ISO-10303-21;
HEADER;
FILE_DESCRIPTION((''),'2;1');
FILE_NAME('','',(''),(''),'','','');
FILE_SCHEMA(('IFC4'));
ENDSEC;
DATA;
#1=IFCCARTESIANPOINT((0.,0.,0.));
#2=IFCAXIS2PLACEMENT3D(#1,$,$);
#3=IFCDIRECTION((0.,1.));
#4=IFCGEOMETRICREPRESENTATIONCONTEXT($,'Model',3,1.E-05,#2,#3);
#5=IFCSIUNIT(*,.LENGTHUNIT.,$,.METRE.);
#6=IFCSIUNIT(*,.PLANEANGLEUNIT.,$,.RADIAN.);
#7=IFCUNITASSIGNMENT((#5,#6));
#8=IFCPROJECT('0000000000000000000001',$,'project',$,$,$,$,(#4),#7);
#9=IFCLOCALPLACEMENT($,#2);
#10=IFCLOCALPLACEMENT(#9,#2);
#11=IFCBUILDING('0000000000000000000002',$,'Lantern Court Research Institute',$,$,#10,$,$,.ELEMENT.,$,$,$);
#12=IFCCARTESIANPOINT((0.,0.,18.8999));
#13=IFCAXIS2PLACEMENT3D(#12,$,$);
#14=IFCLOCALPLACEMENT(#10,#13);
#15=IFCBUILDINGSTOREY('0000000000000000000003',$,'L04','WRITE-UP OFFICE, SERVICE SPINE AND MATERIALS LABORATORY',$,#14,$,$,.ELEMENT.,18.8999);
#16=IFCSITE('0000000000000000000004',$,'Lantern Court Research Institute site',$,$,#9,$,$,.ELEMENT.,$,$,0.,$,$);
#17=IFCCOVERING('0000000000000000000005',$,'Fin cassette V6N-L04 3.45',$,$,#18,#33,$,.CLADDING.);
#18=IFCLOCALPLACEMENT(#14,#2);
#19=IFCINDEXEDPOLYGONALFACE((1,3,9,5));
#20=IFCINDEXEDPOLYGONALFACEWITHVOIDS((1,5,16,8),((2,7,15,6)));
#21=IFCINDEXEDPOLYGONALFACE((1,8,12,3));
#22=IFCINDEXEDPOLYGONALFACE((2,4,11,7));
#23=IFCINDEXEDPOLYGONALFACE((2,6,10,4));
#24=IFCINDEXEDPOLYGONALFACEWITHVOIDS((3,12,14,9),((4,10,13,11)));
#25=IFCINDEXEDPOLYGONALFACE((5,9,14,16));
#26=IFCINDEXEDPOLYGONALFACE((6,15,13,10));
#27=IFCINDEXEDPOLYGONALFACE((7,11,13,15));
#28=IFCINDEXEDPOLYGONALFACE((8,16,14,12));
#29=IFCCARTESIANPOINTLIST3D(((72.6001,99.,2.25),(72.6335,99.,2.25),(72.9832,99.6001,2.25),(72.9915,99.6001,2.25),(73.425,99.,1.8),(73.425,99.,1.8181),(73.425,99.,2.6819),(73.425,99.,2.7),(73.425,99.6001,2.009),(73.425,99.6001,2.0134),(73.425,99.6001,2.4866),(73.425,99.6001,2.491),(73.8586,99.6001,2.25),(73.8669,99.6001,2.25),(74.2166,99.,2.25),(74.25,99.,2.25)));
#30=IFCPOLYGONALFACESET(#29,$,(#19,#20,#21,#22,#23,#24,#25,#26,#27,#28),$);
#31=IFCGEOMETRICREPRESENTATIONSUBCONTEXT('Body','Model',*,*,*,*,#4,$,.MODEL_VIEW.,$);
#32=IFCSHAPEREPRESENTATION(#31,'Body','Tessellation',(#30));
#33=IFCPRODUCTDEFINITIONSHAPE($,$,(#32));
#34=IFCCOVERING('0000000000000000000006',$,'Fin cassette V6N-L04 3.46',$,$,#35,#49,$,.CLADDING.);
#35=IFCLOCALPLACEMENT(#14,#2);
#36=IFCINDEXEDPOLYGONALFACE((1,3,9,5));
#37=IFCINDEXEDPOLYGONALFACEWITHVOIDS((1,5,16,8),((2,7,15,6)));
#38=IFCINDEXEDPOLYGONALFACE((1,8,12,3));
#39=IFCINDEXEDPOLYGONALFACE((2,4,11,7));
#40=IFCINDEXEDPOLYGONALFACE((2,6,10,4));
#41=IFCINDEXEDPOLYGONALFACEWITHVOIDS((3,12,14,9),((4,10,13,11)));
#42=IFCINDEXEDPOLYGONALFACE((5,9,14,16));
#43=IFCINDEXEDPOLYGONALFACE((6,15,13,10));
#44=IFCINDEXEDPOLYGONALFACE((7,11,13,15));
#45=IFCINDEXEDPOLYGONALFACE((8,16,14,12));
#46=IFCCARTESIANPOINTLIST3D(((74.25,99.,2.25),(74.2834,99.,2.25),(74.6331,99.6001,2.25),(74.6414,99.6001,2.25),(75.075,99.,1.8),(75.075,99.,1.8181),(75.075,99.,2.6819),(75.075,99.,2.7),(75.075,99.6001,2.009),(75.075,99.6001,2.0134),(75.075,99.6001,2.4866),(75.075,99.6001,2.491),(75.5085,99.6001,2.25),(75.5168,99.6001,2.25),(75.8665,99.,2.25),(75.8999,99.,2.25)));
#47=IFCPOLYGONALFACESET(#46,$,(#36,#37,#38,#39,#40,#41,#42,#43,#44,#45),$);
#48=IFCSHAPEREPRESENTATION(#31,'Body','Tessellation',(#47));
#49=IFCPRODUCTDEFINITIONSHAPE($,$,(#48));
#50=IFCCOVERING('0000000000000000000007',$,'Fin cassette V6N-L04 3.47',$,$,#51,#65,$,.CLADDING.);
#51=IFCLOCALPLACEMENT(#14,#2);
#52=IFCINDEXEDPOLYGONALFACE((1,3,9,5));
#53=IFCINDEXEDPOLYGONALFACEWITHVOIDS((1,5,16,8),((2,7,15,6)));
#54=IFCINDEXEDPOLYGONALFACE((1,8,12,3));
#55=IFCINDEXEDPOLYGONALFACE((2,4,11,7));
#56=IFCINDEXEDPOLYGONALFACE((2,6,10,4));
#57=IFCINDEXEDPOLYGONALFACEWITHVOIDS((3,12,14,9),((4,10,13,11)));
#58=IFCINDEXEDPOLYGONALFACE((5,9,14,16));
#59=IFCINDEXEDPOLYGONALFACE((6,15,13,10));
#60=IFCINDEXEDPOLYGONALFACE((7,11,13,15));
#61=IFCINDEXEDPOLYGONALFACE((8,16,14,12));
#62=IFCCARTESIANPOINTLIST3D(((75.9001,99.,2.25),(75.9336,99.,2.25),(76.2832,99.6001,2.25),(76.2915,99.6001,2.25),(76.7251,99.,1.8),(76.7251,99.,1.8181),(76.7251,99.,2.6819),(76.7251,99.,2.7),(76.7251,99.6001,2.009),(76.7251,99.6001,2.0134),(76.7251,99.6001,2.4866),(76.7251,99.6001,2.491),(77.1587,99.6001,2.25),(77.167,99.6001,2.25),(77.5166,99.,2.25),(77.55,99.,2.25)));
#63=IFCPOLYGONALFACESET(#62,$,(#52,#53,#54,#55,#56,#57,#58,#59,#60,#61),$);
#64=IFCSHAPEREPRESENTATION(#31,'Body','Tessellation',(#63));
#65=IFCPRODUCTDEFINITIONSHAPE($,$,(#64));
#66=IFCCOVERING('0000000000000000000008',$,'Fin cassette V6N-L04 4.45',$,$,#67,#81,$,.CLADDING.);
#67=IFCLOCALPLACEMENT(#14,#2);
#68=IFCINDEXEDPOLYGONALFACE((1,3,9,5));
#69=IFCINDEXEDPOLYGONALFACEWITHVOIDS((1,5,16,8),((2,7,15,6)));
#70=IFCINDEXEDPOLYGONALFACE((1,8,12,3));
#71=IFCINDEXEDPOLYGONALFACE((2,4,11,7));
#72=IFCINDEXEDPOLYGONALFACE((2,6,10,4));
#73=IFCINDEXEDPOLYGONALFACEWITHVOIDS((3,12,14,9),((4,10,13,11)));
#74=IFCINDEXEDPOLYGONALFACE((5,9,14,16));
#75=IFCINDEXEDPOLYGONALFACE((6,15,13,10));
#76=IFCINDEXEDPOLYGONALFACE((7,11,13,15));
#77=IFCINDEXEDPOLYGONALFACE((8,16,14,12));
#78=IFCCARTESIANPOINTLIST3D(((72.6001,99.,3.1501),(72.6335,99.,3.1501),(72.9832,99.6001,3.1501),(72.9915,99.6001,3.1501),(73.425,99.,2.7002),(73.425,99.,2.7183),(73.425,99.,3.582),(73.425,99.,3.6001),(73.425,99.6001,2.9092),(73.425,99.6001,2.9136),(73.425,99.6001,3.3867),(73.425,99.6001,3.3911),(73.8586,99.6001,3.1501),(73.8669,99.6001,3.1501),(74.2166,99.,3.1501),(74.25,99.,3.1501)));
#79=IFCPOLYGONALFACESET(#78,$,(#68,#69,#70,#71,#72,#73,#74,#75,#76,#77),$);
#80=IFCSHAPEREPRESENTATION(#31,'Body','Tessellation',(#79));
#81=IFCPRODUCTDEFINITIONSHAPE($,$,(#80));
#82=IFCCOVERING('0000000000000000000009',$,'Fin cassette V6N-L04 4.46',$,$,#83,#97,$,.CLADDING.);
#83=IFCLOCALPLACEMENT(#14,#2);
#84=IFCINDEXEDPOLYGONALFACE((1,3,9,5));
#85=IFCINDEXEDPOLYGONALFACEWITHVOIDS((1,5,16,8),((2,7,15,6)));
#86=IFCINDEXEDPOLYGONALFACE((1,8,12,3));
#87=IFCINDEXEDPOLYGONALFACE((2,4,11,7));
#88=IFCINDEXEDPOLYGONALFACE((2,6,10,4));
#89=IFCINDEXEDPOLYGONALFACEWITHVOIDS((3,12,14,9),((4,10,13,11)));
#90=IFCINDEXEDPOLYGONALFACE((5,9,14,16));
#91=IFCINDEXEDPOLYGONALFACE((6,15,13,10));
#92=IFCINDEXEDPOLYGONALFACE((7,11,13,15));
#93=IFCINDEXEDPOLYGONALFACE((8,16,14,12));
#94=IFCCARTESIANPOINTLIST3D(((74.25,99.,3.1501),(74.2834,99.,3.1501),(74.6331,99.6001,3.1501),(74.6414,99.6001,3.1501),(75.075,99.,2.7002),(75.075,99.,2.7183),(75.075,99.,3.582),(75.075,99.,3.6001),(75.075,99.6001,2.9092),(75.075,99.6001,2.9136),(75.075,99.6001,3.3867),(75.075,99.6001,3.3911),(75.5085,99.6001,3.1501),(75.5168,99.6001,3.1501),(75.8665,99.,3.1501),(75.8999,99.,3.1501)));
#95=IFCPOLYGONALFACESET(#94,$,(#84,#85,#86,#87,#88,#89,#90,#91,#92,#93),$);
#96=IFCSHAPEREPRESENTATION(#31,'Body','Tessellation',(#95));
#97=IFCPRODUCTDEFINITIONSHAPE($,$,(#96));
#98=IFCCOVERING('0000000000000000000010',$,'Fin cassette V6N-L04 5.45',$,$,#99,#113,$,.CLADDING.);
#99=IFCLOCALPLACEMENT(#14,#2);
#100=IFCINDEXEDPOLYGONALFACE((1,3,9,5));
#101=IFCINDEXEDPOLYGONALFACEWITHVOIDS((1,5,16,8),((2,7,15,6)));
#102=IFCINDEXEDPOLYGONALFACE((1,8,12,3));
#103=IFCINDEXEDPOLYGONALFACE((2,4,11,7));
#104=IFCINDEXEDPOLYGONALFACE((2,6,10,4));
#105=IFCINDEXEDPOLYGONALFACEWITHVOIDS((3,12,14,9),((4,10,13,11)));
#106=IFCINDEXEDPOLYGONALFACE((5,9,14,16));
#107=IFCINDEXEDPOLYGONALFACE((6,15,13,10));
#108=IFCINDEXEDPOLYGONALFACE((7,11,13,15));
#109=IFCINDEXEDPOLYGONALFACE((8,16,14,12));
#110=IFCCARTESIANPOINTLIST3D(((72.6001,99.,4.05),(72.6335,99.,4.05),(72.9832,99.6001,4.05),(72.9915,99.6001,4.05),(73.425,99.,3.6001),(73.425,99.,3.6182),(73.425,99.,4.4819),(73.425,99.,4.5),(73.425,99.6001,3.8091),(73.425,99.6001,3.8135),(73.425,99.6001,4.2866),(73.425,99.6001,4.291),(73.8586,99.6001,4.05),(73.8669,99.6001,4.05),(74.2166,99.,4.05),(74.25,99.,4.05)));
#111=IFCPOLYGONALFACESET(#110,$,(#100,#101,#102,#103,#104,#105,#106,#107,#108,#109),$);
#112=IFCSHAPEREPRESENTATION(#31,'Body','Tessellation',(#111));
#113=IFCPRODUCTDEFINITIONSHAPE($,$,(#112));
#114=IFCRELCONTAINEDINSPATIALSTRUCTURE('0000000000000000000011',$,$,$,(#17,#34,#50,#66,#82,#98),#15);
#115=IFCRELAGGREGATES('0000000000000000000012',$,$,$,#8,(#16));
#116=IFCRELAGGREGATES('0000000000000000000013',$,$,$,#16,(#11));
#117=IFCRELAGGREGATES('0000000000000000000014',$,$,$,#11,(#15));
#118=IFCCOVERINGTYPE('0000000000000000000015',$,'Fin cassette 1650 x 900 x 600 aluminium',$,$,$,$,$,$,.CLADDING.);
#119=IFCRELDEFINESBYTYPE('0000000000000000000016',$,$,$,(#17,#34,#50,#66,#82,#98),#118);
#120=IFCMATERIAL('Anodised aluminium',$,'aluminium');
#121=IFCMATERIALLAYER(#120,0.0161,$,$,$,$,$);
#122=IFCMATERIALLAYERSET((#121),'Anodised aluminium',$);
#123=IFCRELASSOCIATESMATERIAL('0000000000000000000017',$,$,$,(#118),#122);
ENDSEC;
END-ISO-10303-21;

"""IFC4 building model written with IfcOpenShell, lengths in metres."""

from ifc_helpers import new_model, entity, si_unit, direction, frame, origin, place, context, subcontext, project, spatial, material, layer, layer_set, type_object, element, save


model = new_model("IFC4")

# Units and contexts
model_context = context("Model", 3, precision=1e-05, world=origin(), true_north=direction((0.0, 1.0)))
body_context = subcontext(model_context, "Body", "Model", "MODEL_VIEW")
ifc_project = project(units=[si_unit("LENGTHUNIT", "METRE"), si_unit("PLANEANGLEUNIT", "RADIAN")], contexts=[model_context])

# Site, building, storey
site_placement = place(None, origin())
site = spatial("IfcSite", under=ifc_project, at=site_placement, Name="Lantern Court Research Institute site", CompositionType="ELEMENT", RefElevation=0.0)
building_placement = place(site_placement, origin())
building = spatial("IfcBuilding", under=site, at=building_placement, Name="Lantern Court Research Institute", CompositionType="ELEMENT")
storey_placement = place(building_placement, frame((0.0, 0.0, 18.8999)))
storey = spatial("IfcBuildingStorey", under=building, at=storey_placement, Name="L04", Description="WRITE-UP OFFICE, SERVICE SPINE AND MATERIALS LABORATORY", CompositionType="ELEMENT", Elevation=18.8999)

# Coverings
ifc_material_1 = material(Name="Anodised aluminium", Category="aluminium")
ifc_layer_1 = layer(ifc_material_1, 0.0161)
ifc_layer_set_1 = layer_set([ifc_layer_1], Name="Anodised aluminium")
covering_type = type_object("IfcCoveringType", Name="Fin cassette 1650 x 900 x 600 aluminium", PredefinedType="CLADDING", material=ifc_layer_set_1)
covering_1_placement = place(storey_placement, frame((73.425, 99.0, 2.25), z_axis=(0.0, 1.0, 0.0), x_axis=(-1.0, 0.0, 0.0)))
cartesian_point_1 = entity("IfcCartesianPoint", [0.825, 0.0])
cartesian_point_2 = entity("IfcCartesianPoint", [0.7915, 0.0])
cartesian_point_3 = entity("IfcCartesianPoint", [0.4419, 0.0])
cartesian_point_4 = entity("IfcCartesianPoint", [0.4336, 0.0])
element("IfcCovering", 1, at=covering_1_placement, inside=storey, type_object=covering_type, Name="Fin cassette V6N-L04 3.45", PredefinedType="CLADDING", context=body_context, shape_type="SweptSolid", body=[
    entity("IfcExtrudedAreaSolidTapered", entity("IfcArbitraryProfileDefWithVoids", "AREA", None, entity("IfcPolyline", [cartesian_point_1, entity("IfcCartesianPoint", [0.0, 0.45]), entity("IfcCartesianPoint", [-0.825, 0.0]), entity("IfcCartesianPoint", [0.0, -0.45]), cartesian_point_1]), [entity("IfcPolyline", [cartesian_point_2, entity("IfcCartesianPoint", [0.0, 0.4319]), entity("IfcCartesianPoint", [-0.7915, 0.0]), entity("IfcCartesianPoint", [0.0, -0.4319]), cartesian_point_2])]), entity("IfcAxis2Placement3D", entity("IfcCartesianPoint", [0.0, 0.0, 0.0])), entity("IfcDirection", [0.0, 0.0, 1.0]), 0.6001, entity("IfcArbitraryProfileDefWithVoids", "AREA", None, entity("IfcPolyline", [cartesian_point_3, entity("IfcCartesianPoint", [0.0, 0.241]), entity("IfcCartesianPoint", [-0.4419, 0.0]), entity("IfcCartesianPoint", [0.0, -0.241]), cartesian_point_3]), [entity("IfcPolyline", [cartesian_point_4, entity("IfcCartesianPoint", [0.0, 0.2366]), entity("IfcCartesianPoint", [-0.4336, 0.0]), entity("IfcCartesianPoint", [0.0, -0.2366]), cartesian_point_4])])),
])
covering_2_placement = place(storey_placement, frame((75.075, 99.0, 2.25), z_axis=(0.0, 1.0, 0.0), x_axis=(-1.0, 0.0, 0.0)))
cartesian_point_5 = entity("IfcCartesianPoint", [0.825, 0.0])
cartesian_point_6 = entity("IfcCartesianPoint", [0.7915, 0.0])
cartesian_point_7 = entity("IfcCartesianPoint", [0.4419, 0.0])
cartesian_point_8 = entity("IfcCartesianPoint", [0.4336, 0.0])
element("IfcCovering", 2, at=covering_2_placement, inside=storey, type_object=covering_type, Name="Fin cassette V6N-L04 3.46", PredefinedType="CLADDING", context=body_context, shape_type="SweptSolid", body=[
    entity("IfcExtrudedAreaSolidTapered", entity("IfcArbitraryProfileDefWithVoids", "AREA", None, entity("IfcPolyline", [cartesian_point_5, entity("IfcCartesianPoint", [0.0, 0.45]), entity("IfcCartesianPoint", [-0.825, 0.0]), entity("IfcCartesianPoint", [0.0, -0.45]), cartesian_point_5]), [entity("IfcPolyline", [cartesian_point_6, entity("IfcCartesianPoint", [0.0, 0.4319]), entity("IfcCartesianPoint", [-0.7915, 0.0]), entity("IfcCartesianPoint", [0.0, -0.4319]), cartesian_point_6])]), entity("IfcAxis2Placement3D", entity("IfcCartesianPoint", [0.0, 0.0, 0.0])), entity("IfcDirection", [0.0, 0.0, 1.0]), 0.6001, entity("IfcArbitraryProfileDefWithVoids", "AREA", None, entity("IfcPolyline", [cartesian_point_7, entity("IfcCartesianPoint", [0.0, 0.241]), entity("IfcCartesianPoint", [-0.4419, 0.0]), entity("IfcCartesianPoint", [0.0, -0.241]), cartesian_point_7]), [entity("IfcPolyline", [cartesian_point_8, entity("IfcCartesianPoint", [0.0, 0.2366]), entity("IfcCartesianPoint", [-0.4336, 0.0]), entity("IfcCartesianPoint", [0.0, -0.2366]), cartesian_point_8])])),
])
covering_3_placement = place(storey_placement, frame((76.7251, 99.0, 2.25), z_axis=(0.0, 1.0, 0.0), x_axis=(-1.0, 0.0, 0.0)))
cartesian_point_9 = entity("IfcCartesianPoint", [0.825, 0.0])
cartesian_point_10 = entity("IfcCartesianPoint", [0.7915, 0.0])
cartesian_point_11 = entity("IfcCartesianPoint", [0.4419, 0.0])
cartesian_point_12 = entity("IfcCartesianPoint", [0.4336, 0.0])
element("IfcCovering", 3, at=covering_3_placement, inside=storey, type_object=covering_type, Name="Fin cassette V6N-L04 3.47", PredefinedType="CLADDING", context=body_context, shape_type="SweptSolid", body=[
    entity("IfcExtrudedAreaSolidTapered", entity("IfcArbitraryProfileDefWithVoids", "AREA", None, entity("IfcPolyline", [cartesian_point_9, entity("IfcCartesianPoint", [0.0, 0.45]), entity("IfcCartesianPoint", [-0.825, 0.0]), entity("IfcCartesianPoint", [0.0, -0.45]), cartesian_point_9]), [entity("IfcPolyline", [cartesian_point_10, entity("IfcCartesianPoint", [0.0, 0.4319]), entity("IfcCartesianPoint", [-0.7915, 0.0]), entity("IfcCartesianPoint", [0.0, -0.4319]), cartesian_point_10])]), entity("IfcAxis2Placement3D", entity("IfcCartesianPoint", [0.0, 0.0, 0.0])), entity("IfcDirection", [0.0, 0.0, 1.0]), 0.6001, entity("IfcArbitraryProfileDefWithVoids", "AREA", None, entity("IfcPolyline", [cartesian_point_11, entity("IfcCartesianPoint", [0.0, 0.241]), entity("IfcCartesianPoint", [-0.4419, 0.0]), entity("IfcCartesianPoint", [0.0, -0.241]), cartesian_point_11]), [entity("IfcPolyline", [cartesian_point_12, entity("IfcCartesianPoint", [0.0, 0.2366]), entity("IfcCartesianPoint", [-0.4336, 0.0]), entity("IfcCartesianPoint", [0.0, -0.2366]), cartesian_point_12])])),
])
covering_4_placement = place(storey_placement, frame((73.425, 99.0, 3.1501), z_axis=(0.0, 1.0, 0.0), x_axis=(-1.0, 0.0, 0.0)))
cartesian_point_13 = entity("IfcCartesianPoint", [0.825, 0.0])
cartesian_point_14 = entity("IfcCartesianPoint", [0.7915, 0.0])
cartesian_point_15 = entity("IfcCartesianPoint", [0.4419, 0.0])
cartesian_point_16 = entity("IfcCartesianPoint", [0.4336, 0.0])
element("IfcCovering", 4, at=covering_4_placement, inside=storey, type_object=covering_type, Name="Fin cassette V6N-L04 4.45", PredefinedType="CLADDING", context=body_context, shape_type="SweptSolid", body=[
    entity("IfcExtrudedAreaSolidTapered", entity("IfcArbitraryProfileDefWithVoids", "AREA", None, entity("IfcPolyline", [cartesian_point_13, entity("IfcCartesianPoint", [0.0, 0.45]), entity("IfcCartesianPoint", [-0.825, 0.0]), entity("IfcCartesianPoint", [0.0, -0.45]), cartesian_point_13]), [entity("IfcPolyline", [cartesian_point_14, entity("IfcCartesianPoint", [0.0, 0.4319]), entity("IfcCartesianPoint", [-0.7915, 0.0]), entity("IfcCartesianPoint", [0.0, -0.4319]), cartesian_point_14])]), entity("IfcAxis2Placement3D", entity("IfcCartesianPoint", [0.0, 0.0, 0.0])), entity("IfcDirection", [0.0, 0.0, 1.0]), 0.6001, entity("IfcArbitraryProfileDefWithVoids", "AREA", None, entity("IfcPolyline", [cartesian_point_15, entity("IfcCartesianPoint", [0.0, 0.241]), entity("IfcCartesianPoint", [-0.4419, 0.0]), entity("IfcCartesianPoint", [0.0, -0.241]), cartesian_point_15]), [entity("IfcPolyline", [cartesian_point_16, entity("IfcCartesianPoint", [0.0, 0.2366]), entity("IfcCartesianPoint", [-0.4336, 0.0]), entity("IfcCartesianPoint", [0.0, -0.2366]), cartesian_point_16])])),
])
covering_5_placement = place(storey_placement, frame((75.075, 99.0, 3.1501), z_axis=(0.0, 1.0, 0.0), x_axis=(-1.0, 0.0, 0.0)))
cartesian_point_17 = entity("IfcCartesianPoint", [0.825, 0.0])
cartesian_point_18 = entity("IfcCartesianPoint", [0.7915, 0.0])
cartesian_point_19 = entity("IfcCartesianPoint", [0.4419, 0.0])
cartesian_point_20 = entity("IfcCartesianPoint", [0.4336, 0.0])
element("IfcCovering", 5, at=covering_5_placement, inside=storey, type_object=covering_type, Name="Fin cassette V6N-L04 4.46", PredefinedType="CLADDING", context=body_context, shape_type="SweptSolid", body=[
    entity("IfcExtrudedAreaSolidTapered", entity("IfcArbitraryProfileDefWithVoids", "AREA", None, entity("IfcPolyline", [cartesian_point_17, entity("IfcCartesianPoint", [0.0, 0.45]), entity("IfcCartesianPoint", [-0.825, 0.0]), entity("IfcCartesianPoint", [0.0, -0.45]), cartesian_point_17]), [entity("IfcPolyline", [cartesian_point_18, entity("IfcCartesianPoint", [0.0, 0.4319]), entity("IfcCartesianPoint", [-0.7915, 0.0]), entity("IfcCartesianPoint", [0.0, -0.4319]), cartesian_point_18])]), entity("IfcAxis2Placement3D", entity("IfcCartesianPoint", [0.0, 0.0, 0.0])), entity("IfcDirection", [0.0, 0.0, 1.0]), 0.6001, entity("IfcArbitraryProfileDefWithVoids", "AREA", None, entity("IfcPolyline", [cartesian_point_19, entity("IfcCartesianPoint", [0.0, 0.241]), entity("IfcCartesianPoint", [-0.4419, 0.0]), entity("IfcCartesianPoint", [0.0, -0.241]), cartesian_point_19]), [entity("IfcPolyline", [cartesian_point_20, entity("IfcCartesianPoint", [0.0, 0.2366]), entity("IfcCartesianPoint", [-0.4336, 0.0]), entity("IfcCartesianPoint", [0.0, -0.2366]), cartesian_point_20])])),
])
covering_6_placement = place(storey_placement, frame((73.425, 99.0, 4.05), z_axis=(0.0, 1.0, 0.0), x_axis=(-1.0, 0.0, 0.0)))
cartesian_point_21 = entity("IfcCartesianPoint", [0.825, 0.0])
cartesian_point_22 = entity("IfcCartesianPoint", [0.7915, 0.0])
cartesian_point_23 = entity("IfcCartesianPoint", [0.4419, 0.0])
cartesian_point_24 = entity("IfcCartesianPoint", [0.4336, 0.0])
element("IfcCovering", 6, at=covering_6_placement, inside=storey, type_object=covering_type, Name="Fin cassette V6N-L04 5.45", PredefinedType="CLADDING", context=body_context, shape_type="SweptSolid", body=[
    entity("IfcExtrudedAreaSolidTapered", entity("IfcArbitraryProfileDefWithVoids", "AREA", None, entity("IfcPolyline", [cartesian_point_21, entity("IfcCartesianPoint", [0.0, 0.45]), entity("IfcCartesianPoint", [-0.825, 0.0]), entity("IfcCartesianPoint", [0.0, -0.45]), cartesian_point_21]), [entity("IfcPolyline", [cartesian_point_22, entity("IfcCartesianPoint", [0.0, 0.4319]), entity("IfcCartesianPoint", [-0.7915, 0.0]), entity("IfcCartesianPoint", [0.0, -0.4319]), cartesian_point_22])]), entity("IfcAxis2Placement3D", entity("IfcCartesianPoint", [0.0, 0.0, 0.0])), entity("IfcDirection", [0.0, 0.0, 1.0]), 0.6001, entity("IfcArbitraryProfileDefWithVoids", "AREA", None, entity("IfcPolyline", [cartesian_point_23, entity("IfcCartesianPoint", [0.0, 0.241]), entity("IfcCartesianPoint", [-0.4419, 0.0]), entity("IfcCartesianPoint", [0.0, -0.241]), cartesian_point_23]), [entity("IfcPolyline", [cartesian_point_24, entity("IfcCartesianPoint", [0.0, 0.2366]), entity("IfcCartesianPoint", [-0.4336, 0.0]), entity("IfcCartesianPoint", [0.0, -0.2366]), cartesian_point_24])])),
])

save(model, "model.ifc")
